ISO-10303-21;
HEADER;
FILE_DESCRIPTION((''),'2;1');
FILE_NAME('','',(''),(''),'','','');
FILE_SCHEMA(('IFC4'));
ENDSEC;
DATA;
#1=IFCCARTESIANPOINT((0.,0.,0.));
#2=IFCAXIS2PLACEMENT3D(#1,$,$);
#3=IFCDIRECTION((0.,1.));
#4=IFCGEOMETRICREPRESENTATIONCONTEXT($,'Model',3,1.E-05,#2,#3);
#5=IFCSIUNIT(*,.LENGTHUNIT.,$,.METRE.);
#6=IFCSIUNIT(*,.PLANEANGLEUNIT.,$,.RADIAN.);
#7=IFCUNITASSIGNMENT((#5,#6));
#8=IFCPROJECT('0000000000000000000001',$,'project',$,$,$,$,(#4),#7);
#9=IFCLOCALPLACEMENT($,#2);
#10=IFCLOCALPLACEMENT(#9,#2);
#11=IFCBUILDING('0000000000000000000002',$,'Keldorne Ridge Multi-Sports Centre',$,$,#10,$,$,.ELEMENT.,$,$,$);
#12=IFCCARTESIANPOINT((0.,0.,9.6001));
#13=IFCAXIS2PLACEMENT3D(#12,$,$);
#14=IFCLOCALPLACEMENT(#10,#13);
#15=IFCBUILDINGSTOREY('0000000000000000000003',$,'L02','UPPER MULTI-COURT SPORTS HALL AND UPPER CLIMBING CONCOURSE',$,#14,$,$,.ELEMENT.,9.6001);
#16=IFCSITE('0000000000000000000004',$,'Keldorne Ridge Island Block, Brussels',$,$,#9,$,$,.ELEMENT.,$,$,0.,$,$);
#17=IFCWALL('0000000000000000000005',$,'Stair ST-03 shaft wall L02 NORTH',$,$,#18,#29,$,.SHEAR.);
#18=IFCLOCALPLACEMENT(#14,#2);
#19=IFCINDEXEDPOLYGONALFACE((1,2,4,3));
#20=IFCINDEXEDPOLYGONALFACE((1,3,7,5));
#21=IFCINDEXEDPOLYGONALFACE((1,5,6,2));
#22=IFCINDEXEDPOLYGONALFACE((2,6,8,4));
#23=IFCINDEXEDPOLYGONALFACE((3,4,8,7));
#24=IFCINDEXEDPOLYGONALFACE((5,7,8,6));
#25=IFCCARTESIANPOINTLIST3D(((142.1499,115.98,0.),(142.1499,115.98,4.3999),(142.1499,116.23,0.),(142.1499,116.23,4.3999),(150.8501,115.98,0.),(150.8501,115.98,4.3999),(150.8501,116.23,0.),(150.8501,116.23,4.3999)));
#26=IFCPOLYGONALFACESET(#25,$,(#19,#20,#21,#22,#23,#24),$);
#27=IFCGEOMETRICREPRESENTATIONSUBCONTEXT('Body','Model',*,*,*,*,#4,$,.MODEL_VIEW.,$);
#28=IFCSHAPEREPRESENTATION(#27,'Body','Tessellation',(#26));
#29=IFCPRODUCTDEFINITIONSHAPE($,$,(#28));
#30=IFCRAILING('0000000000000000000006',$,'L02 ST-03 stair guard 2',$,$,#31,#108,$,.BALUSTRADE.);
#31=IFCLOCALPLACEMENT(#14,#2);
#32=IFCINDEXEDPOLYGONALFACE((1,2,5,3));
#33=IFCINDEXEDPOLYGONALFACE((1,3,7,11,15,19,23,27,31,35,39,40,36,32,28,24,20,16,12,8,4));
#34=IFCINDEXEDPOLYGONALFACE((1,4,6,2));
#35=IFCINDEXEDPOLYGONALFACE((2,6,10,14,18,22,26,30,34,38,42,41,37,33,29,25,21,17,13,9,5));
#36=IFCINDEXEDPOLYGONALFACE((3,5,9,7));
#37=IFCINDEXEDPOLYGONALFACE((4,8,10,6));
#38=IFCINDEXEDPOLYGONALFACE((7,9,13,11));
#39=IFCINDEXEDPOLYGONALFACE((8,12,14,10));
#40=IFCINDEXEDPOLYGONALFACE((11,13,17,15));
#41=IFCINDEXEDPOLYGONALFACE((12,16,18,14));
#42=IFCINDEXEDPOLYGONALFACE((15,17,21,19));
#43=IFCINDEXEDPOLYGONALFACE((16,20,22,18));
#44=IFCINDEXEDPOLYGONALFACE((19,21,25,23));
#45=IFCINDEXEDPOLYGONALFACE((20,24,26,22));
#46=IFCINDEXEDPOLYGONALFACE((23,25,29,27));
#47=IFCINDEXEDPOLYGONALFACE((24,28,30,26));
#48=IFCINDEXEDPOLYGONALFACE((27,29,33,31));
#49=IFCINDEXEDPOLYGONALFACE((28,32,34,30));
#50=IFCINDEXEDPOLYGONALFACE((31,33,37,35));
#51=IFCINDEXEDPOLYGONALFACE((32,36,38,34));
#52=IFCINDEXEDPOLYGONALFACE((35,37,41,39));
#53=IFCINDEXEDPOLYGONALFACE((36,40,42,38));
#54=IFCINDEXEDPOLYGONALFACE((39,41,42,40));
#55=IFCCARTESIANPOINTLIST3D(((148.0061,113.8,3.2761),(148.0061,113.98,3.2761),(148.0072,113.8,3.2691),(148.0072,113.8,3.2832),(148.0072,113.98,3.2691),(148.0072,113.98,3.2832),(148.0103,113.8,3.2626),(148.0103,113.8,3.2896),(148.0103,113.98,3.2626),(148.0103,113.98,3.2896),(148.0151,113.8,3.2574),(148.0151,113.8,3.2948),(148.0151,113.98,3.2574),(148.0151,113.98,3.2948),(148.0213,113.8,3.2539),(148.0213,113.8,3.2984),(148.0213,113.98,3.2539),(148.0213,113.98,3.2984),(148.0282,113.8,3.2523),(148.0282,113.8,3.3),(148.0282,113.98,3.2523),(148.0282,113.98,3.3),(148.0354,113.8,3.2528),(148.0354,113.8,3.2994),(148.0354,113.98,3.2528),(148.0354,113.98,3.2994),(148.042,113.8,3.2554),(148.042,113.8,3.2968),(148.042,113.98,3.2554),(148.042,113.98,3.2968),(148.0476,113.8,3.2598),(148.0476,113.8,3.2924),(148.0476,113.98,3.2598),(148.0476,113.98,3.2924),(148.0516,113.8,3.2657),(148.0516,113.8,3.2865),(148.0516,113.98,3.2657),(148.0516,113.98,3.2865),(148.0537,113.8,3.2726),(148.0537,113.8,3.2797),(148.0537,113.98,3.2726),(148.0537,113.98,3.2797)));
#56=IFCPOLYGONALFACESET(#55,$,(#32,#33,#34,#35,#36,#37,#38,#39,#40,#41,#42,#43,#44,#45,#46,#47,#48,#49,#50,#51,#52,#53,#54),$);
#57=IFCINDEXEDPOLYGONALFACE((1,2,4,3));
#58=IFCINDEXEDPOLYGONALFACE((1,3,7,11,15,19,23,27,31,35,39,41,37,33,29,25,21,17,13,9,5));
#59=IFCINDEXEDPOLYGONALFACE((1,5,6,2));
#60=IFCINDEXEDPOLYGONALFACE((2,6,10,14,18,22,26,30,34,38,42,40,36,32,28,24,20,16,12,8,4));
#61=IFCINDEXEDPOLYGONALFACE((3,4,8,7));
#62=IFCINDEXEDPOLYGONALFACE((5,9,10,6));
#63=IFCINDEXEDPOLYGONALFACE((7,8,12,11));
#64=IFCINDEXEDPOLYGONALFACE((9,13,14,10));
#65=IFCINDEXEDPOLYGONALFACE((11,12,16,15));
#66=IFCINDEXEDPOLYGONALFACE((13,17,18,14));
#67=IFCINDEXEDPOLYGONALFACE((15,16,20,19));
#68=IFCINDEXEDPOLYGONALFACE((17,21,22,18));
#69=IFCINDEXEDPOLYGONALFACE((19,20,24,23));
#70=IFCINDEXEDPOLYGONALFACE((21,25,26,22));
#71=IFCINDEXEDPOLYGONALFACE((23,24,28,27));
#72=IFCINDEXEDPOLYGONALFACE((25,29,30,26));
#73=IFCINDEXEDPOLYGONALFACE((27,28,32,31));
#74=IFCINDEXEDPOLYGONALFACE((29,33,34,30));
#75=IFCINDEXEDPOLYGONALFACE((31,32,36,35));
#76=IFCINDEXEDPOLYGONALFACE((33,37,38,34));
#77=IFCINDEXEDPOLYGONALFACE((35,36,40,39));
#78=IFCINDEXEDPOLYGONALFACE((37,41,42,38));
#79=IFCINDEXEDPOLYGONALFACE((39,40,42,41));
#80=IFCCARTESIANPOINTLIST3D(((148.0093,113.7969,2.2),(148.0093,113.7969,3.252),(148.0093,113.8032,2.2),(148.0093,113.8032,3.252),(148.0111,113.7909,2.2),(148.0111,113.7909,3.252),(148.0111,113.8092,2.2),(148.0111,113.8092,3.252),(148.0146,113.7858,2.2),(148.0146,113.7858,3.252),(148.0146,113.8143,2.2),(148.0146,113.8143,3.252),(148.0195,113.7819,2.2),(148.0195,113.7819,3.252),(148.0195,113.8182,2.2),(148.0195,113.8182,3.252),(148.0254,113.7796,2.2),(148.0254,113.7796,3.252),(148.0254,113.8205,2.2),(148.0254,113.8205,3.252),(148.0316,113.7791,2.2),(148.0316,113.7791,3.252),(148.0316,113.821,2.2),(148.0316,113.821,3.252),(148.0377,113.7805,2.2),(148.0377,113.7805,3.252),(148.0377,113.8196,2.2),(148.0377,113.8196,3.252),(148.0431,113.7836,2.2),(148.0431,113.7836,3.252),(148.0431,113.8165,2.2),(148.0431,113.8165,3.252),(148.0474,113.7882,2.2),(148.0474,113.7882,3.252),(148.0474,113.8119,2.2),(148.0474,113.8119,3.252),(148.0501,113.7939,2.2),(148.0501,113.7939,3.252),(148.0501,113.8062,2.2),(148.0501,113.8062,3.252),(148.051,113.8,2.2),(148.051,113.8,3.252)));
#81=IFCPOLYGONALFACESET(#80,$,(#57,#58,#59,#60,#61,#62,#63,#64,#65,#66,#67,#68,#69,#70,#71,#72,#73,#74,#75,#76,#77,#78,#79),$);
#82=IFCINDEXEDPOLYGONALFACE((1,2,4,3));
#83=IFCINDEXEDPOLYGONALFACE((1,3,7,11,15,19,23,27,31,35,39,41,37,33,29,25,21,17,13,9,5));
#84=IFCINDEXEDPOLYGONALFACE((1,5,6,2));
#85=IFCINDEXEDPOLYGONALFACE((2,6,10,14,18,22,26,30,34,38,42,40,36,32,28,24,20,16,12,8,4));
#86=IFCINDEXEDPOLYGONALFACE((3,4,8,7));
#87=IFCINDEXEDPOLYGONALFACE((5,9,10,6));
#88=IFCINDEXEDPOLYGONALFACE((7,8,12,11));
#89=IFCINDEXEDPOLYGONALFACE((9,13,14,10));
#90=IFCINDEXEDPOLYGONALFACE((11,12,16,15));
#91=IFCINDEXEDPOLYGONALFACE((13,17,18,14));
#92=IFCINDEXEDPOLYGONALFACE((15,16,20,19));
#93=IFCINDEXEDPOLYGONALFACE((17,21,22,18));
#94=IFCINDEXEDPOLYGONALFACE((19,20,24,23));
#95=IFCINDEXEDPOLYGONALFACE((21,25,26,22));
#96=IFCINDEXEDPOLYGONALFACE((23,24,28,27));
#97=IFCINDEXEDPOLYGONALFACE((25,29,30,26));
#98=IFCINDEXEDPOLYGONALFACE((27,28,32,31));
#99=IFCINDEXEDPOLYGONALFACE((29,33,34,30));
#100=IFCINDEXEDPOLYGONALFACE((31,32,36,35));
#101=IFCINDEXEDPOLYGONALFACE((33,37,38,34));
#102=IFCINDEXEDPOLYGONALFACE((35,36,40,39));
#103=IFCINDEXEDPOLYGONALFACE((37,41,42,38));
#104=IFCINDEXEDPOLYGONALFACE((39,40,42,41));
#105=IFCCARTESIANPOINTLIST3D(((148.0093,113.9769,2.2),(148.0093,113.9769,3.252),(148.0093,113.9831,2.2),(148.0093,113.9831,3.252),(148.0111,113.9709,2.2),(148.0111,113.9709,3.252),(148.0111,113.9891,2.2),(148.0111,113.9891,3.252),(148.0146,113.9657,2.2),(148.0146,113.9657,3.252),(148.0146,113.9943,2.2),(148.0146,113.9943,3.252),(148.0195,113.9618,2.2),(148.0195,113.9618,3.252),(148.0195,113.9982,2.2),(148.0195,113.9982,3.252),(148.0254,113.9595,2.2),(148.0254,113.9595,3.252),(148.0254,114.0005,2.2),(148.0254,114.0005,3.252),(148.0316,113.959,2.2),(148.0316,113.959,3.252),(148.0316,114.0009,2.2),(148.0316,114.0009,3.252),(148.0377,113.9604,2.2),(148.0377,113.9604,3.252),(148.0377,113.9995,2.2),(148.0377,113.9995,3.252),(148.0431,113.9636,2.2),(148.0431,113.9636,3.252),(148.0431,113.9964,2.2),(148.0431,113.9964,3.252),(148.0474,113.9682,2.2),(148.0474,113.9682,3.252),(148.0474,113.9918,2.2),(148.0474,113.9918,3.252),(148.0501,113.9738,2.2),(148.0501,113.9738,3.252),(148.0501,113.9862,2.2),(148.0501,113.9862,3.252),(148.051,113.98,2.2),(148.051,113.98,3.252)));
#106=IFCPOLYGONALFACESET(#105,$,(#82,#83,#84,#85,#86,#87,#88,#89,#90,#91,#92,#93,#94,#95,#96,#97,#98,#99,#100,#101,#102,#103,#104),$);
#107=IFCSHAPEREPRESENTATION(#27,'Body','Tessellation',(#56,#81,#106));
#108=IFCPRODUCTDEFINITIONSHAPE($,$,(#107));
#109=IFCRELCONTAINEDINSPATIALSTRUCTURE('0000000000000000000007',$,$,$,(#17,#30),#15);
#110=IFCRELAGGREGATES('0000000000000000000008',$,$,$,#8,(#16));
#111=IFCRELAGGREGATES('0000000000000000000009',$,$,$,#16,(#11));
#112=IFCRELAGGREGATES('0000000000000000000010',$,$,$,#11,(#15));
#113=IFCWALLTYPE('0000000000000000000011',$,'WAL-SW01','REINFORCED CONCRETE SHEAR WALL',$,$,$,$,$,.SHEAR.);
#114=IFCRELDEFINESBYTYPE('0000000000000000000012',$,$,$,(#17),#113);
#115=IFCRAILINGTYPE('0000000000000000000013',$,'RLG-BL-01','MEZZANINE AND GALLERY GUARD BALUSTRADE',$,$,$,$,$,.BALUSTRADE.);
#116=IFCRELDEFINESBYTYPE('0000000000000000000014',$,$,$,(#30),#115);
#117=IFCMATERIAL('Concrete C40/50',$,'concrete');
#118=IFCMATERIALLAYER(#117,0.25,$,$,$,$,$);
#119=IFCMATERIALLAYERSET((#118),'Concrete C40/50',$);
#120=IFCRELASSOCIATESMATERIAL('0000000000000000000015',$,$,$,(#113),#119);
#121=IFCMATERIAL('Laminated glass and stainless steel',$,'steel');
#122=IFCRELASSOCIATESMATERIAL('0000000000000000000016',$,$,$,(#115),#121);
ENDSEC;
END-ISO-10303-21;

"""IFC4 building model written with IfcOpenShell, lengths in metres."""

from ifc_helpers import new_model, si_unit, direction, frame, frame_2d, origin, origin_2d, place, context, subcontext, project, spatial, rectangle, circle, extrude, material, layer, layer_set, type_object, element, save


model = new_model("IFC4")

# Units and contexts
model_context = context("Model", 3, precision=1e-05, world=origin(), true_north=direction((0.0, 1.0)))
body_context = subcontext(model_context, "Body", "Model", "MODEL_VIEW")
ifc_project = project(units=[si_unit("LENGTHUNIT", "METRE"), si_unit("PLANEANGLEUNIT", "RADIAN")], contexts=[model_context])

# Site, building, storey
site_placement = place(None, origin())
site = spatial("IfcSite", under=ifc_project, at=site_placement, Name="Keldorne Ridge Island Block, Brussels", CompositionType="ELEMENT", RefElevation=0.0)
building_placement = place(site_placement, origin())
building = spatial("IfcBuilding", under=site, at=building_placement, Name="Keldorne Ridge Multi-Sports Centre", CompositionType="ELEMENT")
storey_placement = place(building_placement, frame((0.0, 0.0, 9.6001)))
storey = spatial("IfcBuildingStorey", under=building, at=storey_placement, Name="L02", Description="UPPER MULTI-COURT SPORTS HALL AND UPPER CLIMBING CONCOURSE", CompositionType="ELEMENT", Elevation=9.6001)

# Wall
ifc_material_1 = material(Name="Concrete C40/50", Category="concrete")
ifc_layer_1 = layer(ifc_material_1, 0.25)
ifc_layer_set_1 = layer_set([ifc_layer_1], Name="Concrete C40/50")
wall_type_1 = type_object("IfcWallType", Name="WAL-SW01", Description="REINFORCED CONCRETE SHEAR WALL", PredefinedType="SHEAR", material=ifc_layer_set_1)
wall_1_placement = place(storey_placement, frame((150.8501, 116.105, 0.0), z_axis=(0.0, 0.0, 1.0), x_axis=(-1.0, 0.0, 0.0)))
element("IfcWall", 1, at=wall_1_placement, inside=storey, type_object=wall_type_1, Name="Stair ST-03 shaft wall L02 NORTH", PredefinedType="SHEAR", context=body_context, shape_type="SweptSolid", body=[
    extrude(rectangle(XDim=8.7002, YDim=0.25, at=frame_2d((4.3501, 0.0))), origin(), (0.0, 0.0, 1.0), 4.3999),
])

# Railing
ifc_material_2 = material(Name="Laminated glass and stainless steel", Category="steel")
railing_type = type_object("IfcRailingType", Name="RLG-BL-01", Description="MEZZANINE AND GALLERY GUARD BALUSTRADE", PredefinedType="BALUSTRADE", material=ifc_material_2)
railing_placement = place(storey_placement, frame((148.03, 113.8, 2.2)))
element("IfcRailing", 2, at=railing_placement, inside=storey, type_object=railing_type, Name="L02 ST-03 stair guard 2", PredefinedType="BALUSTRADE", context=body_context, shape_type="SweptSolid", body=[
    extrude(circle(Radius=0.0239, at=origin_2d()), frame((0.0, 0.0, 1.0762), z_axis=(0.0, 1.0, 0.0), x_axis=(-1.0, 0.0, 0.0)), (0.0, 0.0, 1.0), 0.1799),
    extrude(circle(Radius=0.021, at=origin_2d()), origin(), (0.0, 0.0, 1.0), 1.052),
    extrude(circle(Radius=0.021, at=origin_2d()), frame((0.0, 0.1799, 0.0)), (0.0, 0.0, 1.0), 1.052),
])

save(model, "model.ifc")
